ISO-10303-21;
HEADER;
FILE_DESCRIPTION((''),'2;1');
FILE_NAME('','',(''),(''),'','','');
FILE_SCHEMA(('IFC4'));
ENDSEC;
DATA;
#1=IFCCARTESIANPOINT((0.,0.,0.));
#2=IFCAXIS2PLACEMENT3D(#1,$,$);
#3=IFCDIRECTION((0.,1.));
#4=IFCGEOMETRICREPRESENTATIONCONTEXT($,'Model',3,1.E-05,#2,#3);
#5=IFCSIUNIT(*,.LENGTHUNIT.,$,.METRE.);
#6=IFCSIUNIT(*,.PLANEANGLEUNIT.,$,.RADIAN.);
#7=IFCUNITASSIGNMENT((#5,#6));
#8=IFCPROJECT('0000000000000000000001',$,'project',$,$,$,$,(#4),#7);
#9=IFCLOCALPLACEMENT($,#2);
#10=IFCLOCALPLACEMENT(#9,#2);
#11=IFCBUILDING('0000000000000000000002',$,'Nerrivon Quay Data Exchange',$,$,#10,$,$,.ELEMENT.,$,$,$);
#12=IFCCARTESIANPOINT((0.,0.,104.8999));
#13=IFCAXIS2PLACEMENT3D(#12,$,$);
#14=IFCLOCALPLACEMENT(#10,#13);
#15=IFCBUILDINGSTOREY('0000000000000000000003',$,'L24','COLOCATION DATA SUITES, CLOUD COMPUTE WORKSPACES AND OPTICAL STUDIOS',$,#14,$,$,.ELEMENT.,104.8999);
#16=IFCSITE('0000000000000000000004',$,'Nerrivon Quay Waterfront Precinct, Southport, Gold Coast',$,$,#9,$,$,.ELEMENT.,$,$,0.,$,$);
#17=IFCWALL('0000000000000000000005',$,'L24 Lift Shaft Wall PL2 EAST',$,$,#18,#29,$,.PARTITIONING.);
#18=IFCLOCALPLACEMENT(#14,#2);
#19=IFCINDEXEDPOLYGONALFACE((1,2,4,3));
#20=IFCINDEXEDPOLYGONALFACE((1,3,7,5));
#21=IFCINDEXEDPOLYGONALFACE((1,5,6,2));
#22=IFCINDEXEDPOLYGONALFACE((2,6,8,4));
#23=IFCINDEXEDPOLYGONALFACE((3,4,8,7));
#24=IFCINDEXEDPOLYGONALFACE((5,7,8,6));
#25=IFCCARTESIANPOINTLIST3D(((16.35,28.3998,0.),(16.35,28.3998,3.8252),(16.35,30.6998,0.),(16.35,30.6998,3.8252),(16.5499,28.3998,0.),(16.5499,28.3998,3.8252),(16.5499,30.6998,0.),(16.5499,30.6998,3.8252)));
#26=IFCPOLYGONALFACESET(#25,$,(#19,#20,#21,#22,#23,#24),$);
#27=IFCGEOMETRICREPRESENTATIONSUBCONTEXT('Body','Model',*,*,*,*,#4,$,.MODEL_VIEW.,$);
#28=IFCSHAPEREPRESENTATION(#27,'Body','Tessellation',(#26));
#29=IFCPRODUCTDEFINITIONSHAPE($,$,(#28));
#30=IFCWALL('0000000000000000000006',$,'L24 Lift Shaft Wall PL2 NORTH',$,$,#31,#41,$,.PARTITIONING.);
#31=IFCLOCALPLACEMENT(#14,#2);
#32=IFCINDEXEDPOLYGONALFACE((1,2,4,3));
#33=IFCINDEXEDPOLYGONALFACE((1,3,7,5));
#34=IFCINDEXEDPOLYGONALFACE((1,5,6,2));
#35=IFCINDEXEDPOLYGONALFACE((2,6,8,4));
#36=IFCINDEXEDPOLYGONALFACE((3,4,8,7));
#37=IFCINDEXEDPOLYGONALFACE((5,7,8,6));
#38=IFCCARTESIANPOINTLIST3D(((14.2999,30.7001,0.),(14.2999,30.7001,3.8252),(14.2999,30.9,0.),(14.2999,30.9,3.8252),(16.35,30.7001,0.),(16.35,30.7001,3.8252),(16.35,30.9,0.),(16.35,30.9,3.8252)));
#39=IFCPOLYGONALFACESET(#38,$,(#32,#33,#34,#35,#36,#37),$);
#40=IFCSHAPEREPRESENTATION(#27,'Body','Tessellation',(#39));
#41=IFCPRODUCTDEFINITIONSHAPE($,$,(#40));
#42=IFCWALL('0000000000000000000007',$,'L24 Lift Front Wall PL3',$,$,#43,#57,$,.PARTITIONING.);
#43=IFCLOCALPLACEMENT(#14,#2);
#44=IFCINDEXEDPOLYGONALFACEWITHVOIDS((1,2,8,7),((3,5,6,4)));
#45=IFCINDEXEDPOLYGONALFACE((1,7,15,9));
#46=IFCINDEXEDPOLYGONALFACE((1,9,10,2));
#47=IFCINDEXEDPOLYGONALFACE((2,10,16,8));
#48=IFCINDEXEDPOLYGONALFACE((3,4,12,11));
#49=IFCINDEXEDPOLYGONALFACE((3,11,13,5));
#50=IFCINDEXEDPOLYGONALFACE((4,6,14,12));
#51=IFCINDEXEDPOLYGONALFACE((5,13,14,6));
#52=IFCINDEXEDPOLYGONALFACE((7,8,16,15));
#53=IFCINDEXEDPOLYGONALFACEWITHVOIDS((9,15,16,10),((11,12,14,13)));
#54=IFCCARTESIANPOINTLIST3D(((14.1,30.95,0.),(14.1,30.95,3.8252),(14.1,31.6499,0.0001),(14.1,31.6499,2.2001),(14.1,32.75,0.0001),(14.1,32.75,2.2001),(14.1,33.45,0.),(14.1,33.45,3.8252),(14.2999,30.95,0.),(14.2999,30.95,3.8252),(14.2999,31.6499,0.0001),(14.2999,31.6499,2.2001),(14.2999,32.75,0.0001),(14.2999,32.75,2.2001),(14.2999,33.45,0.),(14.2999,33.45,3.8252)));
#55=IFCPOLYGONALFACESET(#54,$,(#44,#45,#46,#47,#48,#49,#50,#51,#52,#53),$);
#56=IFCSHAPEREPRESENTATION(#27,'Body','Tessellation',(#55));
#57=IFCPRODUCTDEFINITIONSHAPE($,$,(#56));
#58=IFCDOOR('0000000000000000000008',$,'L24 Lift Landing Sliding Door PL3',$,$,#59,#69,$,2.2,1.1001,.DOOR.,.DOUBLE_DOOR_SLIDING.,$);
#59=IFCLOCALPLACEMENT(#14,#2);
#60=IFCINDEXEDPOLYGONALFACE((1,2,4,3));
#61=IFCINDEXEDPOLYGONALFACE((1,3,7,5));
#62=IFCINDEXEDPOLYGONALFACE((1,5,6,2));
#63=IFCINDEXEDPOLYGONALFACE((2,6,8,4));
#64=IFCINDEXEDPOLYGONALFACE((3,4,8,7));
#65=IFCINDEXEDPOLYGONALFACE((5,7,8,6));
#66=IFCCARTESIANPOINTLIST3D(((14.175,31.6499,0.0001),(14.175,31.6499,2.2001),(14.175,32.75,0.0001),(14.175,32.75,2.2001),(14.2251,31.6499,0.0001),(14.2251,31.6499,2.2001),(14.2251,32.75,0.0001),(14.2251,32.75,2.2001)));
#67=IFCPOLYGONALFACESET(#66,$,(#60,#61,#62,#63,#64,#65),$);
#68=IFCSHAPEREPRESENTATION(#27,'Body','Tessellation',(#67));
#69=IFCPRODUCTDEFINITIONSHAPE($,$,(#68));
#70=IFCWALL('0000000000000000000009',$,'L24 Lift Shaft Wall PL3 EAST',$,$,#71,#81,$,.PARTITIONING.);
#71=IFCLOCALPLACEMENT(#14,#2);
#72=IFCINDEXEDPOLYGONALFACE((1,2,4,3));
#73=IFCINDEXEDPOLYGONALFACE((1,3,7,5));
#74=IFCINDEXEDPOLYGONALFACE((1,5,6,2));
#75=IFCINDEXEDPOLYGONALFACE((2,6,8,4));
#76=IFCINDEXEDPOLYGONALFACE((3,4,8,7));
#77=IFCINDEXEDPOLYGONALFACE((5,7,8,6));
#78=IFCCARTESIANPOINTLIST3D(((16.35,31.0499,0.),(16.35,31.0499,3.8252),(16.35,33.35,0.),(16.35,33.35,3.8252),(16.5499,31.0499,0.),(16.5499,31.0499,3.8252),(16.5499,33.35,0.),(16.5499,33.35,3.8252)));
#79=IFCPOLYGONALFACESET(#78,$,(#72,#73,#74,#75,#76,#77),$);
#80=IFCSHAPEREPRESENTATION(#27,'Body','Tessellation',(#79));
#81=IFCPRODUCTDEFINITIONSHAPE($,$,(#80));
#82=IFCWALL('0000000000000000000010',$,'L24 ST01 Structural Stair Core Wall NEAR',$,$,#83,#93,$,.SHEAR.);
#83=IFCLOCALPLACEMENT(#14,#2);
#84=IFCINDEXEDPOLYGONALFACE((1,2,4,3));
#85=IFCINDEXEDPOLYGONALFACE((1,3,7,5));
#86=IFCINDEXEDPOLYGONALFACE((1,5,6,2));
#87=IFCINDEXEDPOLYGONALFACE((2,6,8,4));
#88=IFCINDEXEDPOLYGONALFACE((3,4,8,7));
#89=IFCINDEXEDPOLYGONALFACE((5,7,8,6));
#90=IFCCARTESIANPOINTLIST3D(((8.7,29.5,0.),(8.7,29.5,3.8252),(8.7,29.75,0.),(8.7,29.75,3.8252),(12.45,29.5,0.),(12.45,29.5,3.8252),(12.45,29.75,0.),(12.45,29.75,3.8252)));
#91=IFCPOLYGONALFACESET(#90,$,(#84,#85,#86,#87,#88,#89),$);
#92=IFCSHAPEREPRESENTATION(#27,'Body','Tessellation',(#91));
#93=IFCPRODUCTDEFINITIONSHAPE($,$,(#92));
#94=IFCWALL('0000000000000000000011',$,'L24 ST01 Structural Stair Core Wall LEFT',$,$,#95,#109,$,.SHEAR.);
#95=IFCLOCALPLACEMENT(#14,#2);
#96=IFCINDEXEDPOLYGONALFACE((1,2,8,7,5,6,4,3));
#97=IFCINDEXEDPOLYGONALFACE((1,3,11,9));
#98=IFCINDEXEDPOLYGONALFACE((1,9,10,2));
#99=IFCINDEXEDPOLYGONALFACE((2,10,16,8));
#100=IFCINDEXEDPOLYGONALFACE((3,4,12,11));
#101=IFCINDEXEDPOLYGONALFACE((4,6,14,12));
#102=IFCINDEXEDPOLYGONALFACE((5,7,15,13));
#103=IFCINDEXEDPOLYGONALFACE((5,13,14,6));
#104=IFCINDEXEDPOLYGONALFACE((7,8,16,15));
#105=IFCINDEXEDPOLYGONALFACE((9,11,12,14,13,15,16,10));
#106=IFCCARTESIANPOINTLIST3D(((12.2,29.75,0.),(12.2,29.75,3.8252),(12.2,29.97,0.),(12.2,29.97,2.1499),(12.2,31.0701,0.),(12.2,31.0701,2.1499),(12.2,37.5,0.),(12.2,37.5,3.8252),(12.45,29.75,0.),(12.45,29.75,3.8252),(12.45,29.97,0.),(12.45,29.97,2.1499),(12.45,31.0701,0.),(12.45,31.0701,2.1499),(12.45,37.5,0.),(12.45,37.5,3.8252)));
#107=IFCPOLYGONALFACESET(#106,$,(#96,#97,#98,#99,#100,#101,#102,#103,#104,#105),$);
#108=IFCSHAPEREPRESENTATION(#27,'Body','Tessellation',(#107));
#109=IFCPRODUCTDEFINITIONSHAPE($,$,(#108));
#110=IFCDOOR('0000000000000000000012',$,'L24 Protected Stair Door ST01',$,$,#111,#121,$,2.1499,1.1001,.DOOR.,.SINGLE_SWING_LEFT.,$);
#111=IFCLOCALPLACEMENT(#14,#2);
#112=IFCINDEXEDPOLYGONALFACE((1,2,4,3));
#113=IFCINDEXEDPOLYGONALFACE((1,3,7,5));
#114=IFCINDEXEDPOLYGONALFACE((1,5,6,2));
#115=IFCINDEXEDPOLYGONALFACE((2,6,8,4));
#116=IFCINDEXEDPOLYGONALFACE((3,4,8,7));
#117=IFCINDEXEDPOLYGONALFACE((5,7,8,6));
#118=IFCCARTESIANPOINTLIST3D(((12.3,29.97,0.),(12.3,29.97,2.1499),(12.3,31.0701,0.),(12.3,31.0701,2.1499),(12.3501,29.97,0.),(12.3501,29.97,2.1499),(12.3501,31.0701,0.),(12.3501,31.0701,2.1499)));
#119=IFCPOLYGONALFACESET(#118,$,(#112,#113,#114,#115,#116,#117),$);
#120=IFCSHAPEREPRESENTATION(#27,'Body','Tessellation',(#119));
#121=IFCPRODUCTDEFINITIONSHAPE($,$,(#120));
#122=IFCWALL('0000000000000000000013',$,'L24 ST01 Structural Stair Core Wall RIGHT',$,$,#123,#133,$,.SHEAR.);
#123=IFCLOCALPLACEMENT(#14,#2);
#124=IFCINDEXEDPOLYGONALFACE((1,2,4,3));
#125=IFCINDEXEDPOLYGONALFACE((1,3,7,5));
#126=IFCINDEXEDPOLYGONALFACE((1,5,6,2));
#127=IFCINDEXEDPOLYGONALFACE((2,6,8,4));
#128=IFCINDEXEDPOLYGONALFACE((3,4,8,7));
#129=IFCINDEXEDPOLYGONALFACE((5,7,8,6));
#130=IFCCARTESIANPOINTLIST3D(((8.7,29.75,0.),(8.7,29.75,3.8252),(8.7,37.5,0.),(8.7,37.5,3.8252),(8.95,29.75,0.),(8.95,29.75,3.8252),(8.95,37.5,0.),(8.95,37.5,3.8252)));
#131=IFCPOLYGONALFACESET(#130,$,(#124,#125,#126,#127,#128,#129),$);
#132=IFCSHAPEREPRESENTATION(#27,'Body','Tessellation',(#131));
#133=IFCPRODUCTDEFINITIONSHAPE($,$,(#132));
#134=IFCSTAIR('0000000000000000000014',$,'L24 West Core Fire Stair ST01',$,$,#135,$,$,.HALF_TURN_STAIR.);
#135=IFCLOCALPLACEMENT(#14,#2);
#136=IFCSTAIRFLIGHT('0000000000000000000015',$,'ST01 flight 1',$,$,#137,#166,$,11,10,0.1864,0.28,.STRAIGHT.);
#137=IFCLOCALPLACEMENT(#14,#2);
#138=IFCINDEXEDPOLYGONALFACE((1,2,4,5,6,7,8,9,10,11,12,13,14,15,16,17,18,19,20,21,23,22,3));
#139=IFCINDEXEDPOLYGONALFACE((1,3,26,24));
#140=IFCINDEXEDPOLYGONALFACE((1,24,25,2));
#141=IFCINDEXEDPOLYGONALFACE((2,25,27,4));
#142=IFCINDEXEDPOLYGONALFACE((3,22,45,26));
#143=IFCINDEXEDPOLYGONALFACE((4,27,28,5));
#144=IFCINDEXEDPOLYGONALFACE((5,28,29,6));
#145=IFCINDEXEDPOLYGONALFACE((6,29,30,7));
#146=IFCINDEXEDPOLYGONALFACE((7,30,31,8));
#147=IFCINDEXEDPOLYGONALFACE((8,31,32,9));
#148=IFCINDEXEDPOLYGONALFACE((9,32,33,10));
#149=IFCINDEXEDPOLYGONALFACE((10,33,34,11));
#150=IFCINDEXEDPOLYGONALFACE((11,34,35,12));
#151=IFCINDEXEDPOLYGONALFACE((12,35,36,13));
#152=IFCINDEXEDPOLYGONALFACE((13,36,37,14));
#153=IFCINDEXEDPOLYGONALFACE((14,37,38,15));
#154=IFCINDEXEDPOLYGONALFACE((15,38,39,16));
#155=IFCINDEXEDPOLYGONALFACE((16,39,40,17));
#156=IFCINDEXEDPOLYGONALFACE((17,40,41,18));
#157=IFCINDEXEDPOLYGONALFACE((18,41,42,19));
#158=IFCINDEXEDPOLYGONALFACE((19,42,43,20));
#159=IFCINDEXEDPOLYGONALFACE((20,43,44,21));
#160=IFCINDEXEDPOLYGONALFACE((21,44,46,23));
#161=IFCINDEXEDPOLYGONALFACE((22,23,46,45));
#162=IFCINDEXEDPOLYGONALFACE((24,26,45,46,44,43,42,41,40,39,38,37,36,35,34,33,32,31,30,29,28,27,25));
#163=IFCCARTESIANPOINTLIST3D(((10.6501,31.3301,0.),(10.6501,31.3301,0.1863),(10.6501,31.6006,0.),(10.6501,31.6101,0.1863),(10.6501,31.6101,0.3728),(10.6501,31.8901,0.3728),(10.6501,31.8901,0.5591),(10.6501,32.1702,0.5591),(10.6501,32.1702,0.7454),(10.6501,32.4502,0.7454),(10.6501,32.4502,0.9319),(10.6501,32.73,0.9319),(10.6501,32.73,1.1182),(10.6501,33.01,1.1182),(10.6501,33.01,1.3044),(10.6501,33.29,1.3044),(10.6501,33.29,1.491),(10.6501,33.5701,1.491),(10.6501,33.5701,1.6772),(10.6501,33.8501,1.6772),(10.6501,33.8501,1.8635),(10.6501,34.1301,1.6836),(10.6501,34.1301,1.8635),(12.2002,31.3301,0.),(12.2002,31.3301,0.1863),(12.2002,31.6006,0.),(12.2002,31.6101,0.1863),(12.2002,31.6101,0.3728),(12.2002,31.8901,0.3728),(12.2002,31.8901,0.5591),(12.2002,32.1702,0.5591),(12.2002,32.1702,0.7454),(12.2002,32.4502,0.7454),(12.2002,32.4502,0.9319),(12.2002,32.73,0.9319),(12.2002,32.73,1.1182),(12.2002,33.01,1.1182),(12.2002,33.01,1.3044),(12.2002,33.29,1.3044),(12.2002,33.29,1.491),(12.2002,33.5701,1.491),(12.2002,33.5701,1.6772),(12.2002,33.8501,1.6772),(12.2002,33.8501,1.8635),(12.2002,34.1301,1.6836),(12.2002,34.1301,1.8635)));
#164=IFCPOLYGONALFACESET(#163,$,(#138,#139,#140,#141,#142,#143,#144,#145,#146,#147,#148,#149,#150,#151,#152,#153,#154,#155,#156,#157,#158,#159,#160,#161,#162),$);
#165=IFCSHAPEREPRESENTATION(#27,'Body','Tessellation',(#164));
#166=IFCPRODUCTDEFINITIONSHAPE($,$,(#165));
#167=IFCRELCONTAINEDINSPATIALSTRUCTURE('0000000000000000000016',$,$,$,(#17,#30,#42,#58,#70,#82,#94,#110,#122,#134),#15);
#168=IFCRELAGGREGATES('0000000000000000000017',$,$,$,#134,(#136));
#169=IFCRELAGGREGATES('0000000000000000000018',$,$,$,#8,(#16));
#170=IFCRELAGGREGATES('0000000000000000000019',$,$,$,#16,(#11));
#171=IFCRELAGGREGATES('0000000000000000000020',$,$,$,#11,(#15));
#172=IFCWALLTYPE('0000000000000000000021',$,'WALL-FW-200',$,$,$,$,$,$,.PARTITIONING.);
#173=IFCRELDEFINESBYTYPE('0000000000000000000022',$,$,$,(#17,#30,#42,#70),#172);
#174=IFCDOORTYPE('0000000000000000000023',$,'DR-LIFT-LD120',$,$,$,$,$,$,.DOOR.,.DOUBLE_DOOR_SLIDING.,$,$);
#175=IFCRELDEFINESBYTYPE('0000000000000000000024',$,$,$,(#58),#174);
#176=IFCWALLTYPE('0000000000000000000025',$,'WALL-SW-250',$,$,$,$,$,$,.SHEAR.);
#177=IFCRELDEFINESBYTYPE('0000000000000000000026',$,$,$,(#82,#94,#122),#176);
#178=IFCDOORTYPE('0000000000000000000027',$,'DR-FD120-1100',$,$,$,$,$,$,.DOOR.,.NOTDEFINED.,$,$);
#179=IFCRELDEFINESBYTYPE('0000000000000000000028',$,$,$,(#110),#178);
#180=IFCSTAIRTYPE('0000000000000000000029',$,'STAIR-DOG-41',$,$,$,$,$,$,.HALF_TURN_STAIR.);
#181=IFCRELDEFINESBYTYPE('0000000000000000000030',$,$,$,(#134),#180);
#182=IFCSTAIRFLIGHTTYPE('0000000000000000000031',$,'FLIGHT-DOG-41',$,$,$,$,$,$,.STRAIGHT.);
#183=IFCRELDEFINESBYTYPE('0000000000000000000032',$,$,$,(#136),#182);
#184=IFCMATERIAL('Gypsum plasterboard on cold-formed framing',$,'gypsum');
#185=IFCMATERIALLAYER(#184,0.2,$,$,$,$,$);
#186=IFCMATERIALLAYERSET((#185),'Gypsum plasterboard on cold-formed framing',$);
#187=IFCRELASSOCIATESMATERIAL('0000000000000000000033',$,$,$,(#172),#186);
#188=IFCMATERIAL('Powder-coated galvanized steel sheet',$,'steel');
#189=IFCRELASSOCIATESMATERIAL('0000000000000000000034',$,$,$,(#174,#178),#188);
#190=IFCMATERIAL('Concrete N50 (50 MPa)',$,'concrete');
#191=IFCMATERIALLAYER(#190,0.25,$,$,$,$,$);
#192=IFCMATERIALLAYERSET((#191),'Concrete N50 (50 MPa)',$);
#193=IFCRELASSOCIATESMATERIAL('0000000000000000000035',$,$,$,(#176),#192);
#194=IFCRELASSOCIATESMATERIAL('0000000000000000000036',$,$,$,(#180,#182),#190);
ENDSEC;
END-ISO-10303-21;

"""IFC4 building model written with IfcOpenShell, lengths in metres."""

from ifc_helpers import new_model, si_unit, direction, frame, frame_2d, origin, place, context, subcontext, project, spatial, polyline, rectangle, outline, extrude, material, layer, layer_set, type_object, element, fill, aggregate, save


model = new_model("IFC4")

# Units and contexts
model_context = context("Model", 3, precision=1e-05, world=origin(), true_north=direction((0.0, 1.0)))
body_context = subcontext(model_context, "Body", "Model", "MODEL_VIEW")
ifc_project = project(units=[si_unit("LENGTHUNIT", "METRE"), si_unit("PLANEANGLEUNIT", "RADIAN")], contexts=[model_context])

# Site, building, storey
site_placement = place(None, origin())
site = spatial("IfcSite", under=ifc_project, at=site_placement, Name="Nerrivon Quay Waterfront Precinct, Southport, Gold Coast", CompositionType="ELEMENT", RefElevation=0.0)
building_placement = place(site_placement, origin())
building = spatial("IfcBuilding", under=site, at=building_placement, Name="Nerrivon Quay Data Exchange", CompositionType="ELEMENT")
storey_placement = place(building_placement, frame((0.0, 0.0, 104.8999)))
storey = spatial("IfcBuildingStorey", under=building, at=storey_placement, Name="L24", Description="COLOCATION DATA SUITES, CLOUD COMPUTE WORKSPACES AND OPTICAL STUDIOS", CompositionType="ELEMENT", Elevation=104.8999)

# Walls
ifc_material_1 = material(Name="Gypsum plasterboard on cold-formed framing", Category="gypsum")
ifc_layer_1 = layer(ifc_material_1, 0.2)
ifc_layer_set_1 = layer_set([ifc_layer_1], Name="Gypsum plasterboard on cold-formed framing")
wall_type_1 = type_object("IfcWallType", Name="WALL-FW-200", PredefinedType="PARTITIONING", material=ifc_layer_set_1)
wall_1_placement = place(storey_placement, frame((16.45, 28.3999, 0.0), z_axis=(0.0, 0.0, 1.0), x_axis=(0.0, 1.0, 0.0)))
element("IfcWall", 1, at=wall_1_placement, inside=storey, type_object=wall_type_1, Name="L24 Lift Shaft Wall PL2 EAST", PredefinedType="PARTITIONING", context=body_context, shape_type="SweptSolid", body=[
    extrude(rectangle(XDim=2.3, YDim=0.2, at=frame_2d((1.1499, 0.0))), origin(), (0.0, 0.0, 1.0), 3.8252),
])
wall_2_placement = place(storey_placement, frame((14.3, 30.8, 0.0), z_axis=(0.0, 0.0, 1.0), x_axis=(1.0, 0.0, 0.0)))
element("IfcWall", 2, at=wall_2_placement, inside=storey, type_object=wall_type_1, Name="L24 Lift Shaft Wall PL2 NORTH", PredefinedType="PARTITIONING", context=body_context, shape_type="SweptSolid", body=[
    extrude(rectangle(XDim=2.05, YDim=0.2, at=frame_2d((1.0249, 0.0))), origin(), (0.0, 0.0, 1.0), 3.8252),
])

# Wall, opening, door
wall_3_placement = place(storey_placement, frame((14.2, 30.95, 0.0), z_axis=(0.0, 0.0, 1.0), x_axis=(0.0, 1.0, 0.0)))
wall_3 = element("IfcWall", 3, at=wall_3_placement, inside=storey, type_object=wall_type_1, Name="L24 Lift Front Wall PL3", PredefinedType="PARTITIONING", context=body_context, shape_type="SweptSolid", body=[
    extrude(rectangle(XDim=2.5, YDim=0.2, at=frame_2d((1.25, 0.0))), origin(), (0.0, 0.0, 1.0), 3.8252),
])
opening_1_placement = place(wall_3_placement, frame((0.7, 0.0, 0.0)))
opening_1 = element("IfcOpeningElement", 4, at=opening_1_placement, cuts=wall_3, PredefinedType="OPENING", context=body_context, shape_type="SweptSolid", body=[
    extrude(rectangle(XDim=1.1001, YDim=2.2, at=frame_2d((0.55, 1.1001))), frame((0.0, 0.1099, 0.0), z_axis=(0.0, -1.0, 0.0), x_axis=(1.0, 0.0, 0.0)), (0.0, 0.0, 1.0), 0.22),
])
ifc_material_2 = material(Name="Powder-coated galvanized steel sheet", Category="steel")
door_type_1 = type_object("IfcDoorType", Name="DR-LIFT-LD120", OperationType="DOUBLE_DOOR_SLIDING", PredefinedType="DOOR", material=ifc_material_2)
door_1_placement = place(opening_1_placement, origin())
door_1 = element("IfcDoor", 5, at=door_1_placement, inside=storey, type_object=door_type_1, Name="L24 Lift Landing Sliding Door PL3", OperationType="DOUBLE_DOOR_SLIDING", OverallHeight=2.2, OverallWidth=1.1001, PredefinedType="DOOR", context=body_context, shape_type="SweptSolid", body=[
    extrude(rectangle(XDim=1.1001, YDim=2.2, at=frame_2d((0.55, 1.1001))), frame((0.0, 0.0249, 0.0), z_axis=(0.0, -1.0, 0.0), x_axis=(1.0, 0.0, 0.0)), (0.0, 0.0, 1.0), 0.05),
])
fill(opening_1, door_1)

# Walls
wall_4_placement = place(storey_placement, frame((16.45, 31.05, 0.0), z_axis=(0.0, 0.0, 1.0), x_axis=(0.0, 1.0, 0.0)))
element("IfcWall", 6, at=wall_4_placement, inside=storey, type_object=wall_type_1, Name="L24 Lift Shaft Wall PL3 EAST", PredefinedType="PARTITIONING", context=body_context, shape_type="SweptSolid", body=[
    extrude(rectangle(XDim=2.3, YDim=0.2, at=frame_2d((1.1499, 0.0))), origin(), (0.0, 0.0, 1.0), 3.8252),
])
ifc_material_3 = material(Name="Concrete N50 (50 MPa)", Category="concrete")
ifc_layer_2 = layer(ifc_material_3, 0.25)
ifc_layer_set_2 = layer_set([ifc_layer_2], Name="Concrete N50 (50 MPa)")
wall_type_2 = type_object("IfcWallType", Name="WALL-SW-250", PredefinedType="SHEAR", material=ifc_layer_set_2)
wall_5_placement = place(storey_placement, frame((12.45, 29.625, 0.0), z_axis=(0.0, 0.0, 1.0), x_axis=(-1.0, 0.0, 0.0)))
element("IfcWall", 7, at=wall_5_placement, inside=storey, type_object=wall_type_2, Name="L24 ST01 Structural Stair Core Wall NEAR", PredefinedType="SHEAR", context=body_context, shape_type="SweptSolid", body=[
    extrude(rectangle(XDim=3.75, YDim=0.25, at=frame_2d((1.875, 0.0))), origin(), (0.0, 0.0, 1.0), 3.8252),
])

# Wall, opening, door
wall_6_placement = place(storey_placement, frame((12.325, 29.75, 0.0), z_axis=(0.0, 0.0, 1.0), x_axis=(0.0, 1.0, 0.0)))
wall_6 = element("IfcWall", 8, at=wall_6_placement, inside=storey, type_object=wall_type_2, Name="L24 ST01 Structural Stair Core Wall LEFT", PredefinedType="SHEAR", context=body_context, shape_type="SweptSolid", body=[
    extrude(rectangle(XDim=7.75, YDim=0.25, at=frame_2d((3.875, 0.0))), origin(), (0.0, 0.0, 1.0), 3.8252),
])
opening_2_placement = place(wall_6_placement, frame((0.22, 0.0, 0.0)))
opening_2 = element("IfcOpeningElement", 9, at=opening_2_placement, cuts=wall_6, PredefinedType="OPENING", context=body_context, shape_type="SweptSolid", body=[
    extrude(rectangle(XDim=1.1001, YDim=2.1499, at=frame_2d((0.55, 1.075))), frame((0.0, 0.135, 0.0), z_axis=(0.0, -1.0, 0.0), x_axis=(1.0, 0.0, 0.0)), (0.0, 0.0, 1.0), 0.27),
])
door_type_2 = type_object("IfcDoorType", Name="DR-FD120-1100", OperationType="NOTDEFINED", PredefinedType="DOOR", material=ifc_material_2)
door_2_placement = place(opening_2_placement, origin())
door_2 = element("IfcDoor", 10, at=door_2_placement, inside=storey, type_object=door_type_2, Name="L24 Protected Stair Door ST01", OperationType="SINGLE_SWING_LEFT", OverallHeight=2.1499, OverallWidth=1.1001, PredefinedType="DOOR", context=body_context, shape_type="SweptSolid", body=[
    extrude(rectangle(XDim=1.1001, YDim=2.1499, at=frame_2d((0.55, 1.075))), frame((0.0, 0.0249, 0.0), z_axis=(0.0, -1.0, 0.0), x_axis=(1.0, 0.0, 0.0)), (0.0, 0.0, 1.0), 0.05),
])
fill(opening_2, door_2)

# Wall
wall_7_placement = place(storey_placement, frame((8.825, 29.75, 0.0), z_axis=(0.0, 0.0, 1.0), x_axis=(0.0, 1.0, 0.0)))
element("IfcWall", 11, at=wall_7_placement, inside=storey, type_object=wall_type_2, Name="L24 ST01 Structural Stair Core Wall RIGHT", PredefinedType="SHEAR", context=body_context, shape_type="SweptSolid", body=[
    extrude(rectangle(XDim=7.75, YDim=0.25, at=frame_2d((3.875, 0.0))), origin(), (0.0, 0.0, 1.0), 3.8252),
])

# Stair, stair flight
stair_type = type_object("IfcStairType", Name="STAIR-DOG-41", PredefinedType="HALF_TURN_STAIR", material=ifc_material_3)
stair_placement = place(storey_placement, origin())
stair = element("IfcStair", 12, at=stair_placement, inside=storey, type_object=stair_type, Name="L24 West Core Fire Stair ST01", PredefinedType="HALF_TURN_STAIR")
stair_flight_type = type_object("IfcStairFlightType", Name="FLIGHT-DOG-41", PredefinedType="STRAIGHT", material=ifc_material_3)
stair_flight_1_placement = place(storey_placement, frame((11.425, 31.3301, 0.0), z_axis=(0.0, 0.0, 1.0), x_axis=(0.0, 1.0, 0.0)))
stair_flight_1 = element("IfcStairFlight", 13, at=stair_flight_1_placement, type_object=stair_flight_type, Name="ST01 flight 1", NumberOfRisers=11, NumberOfTreads=10, PredefinedType="STRAIGHT", RiserHeight=0.1864, TreadLength=0.28, context=body_context, shape_type="SweptSolid", body=[
    extrude(outline(polyline([(0.0, 0.0), (0.0, 0.1863), (0.28, 0.1863), (0.28, 0.3728), (0.5601, 0.3728), (0.5601, 0.5591), (0.8401, 0.5591), (0.8401, 0.7454), (1.1201, 0.7454), (1.1201, 0.9319), (1.3999, 0.9319), (1.3999, 1.1182), (1.6799, 1.1182), (1.6799, 1.3044), (1.96, 1.3044), (1.96, 1.491), (2.24, 1.491), (2.24, 1.6772), (2.52, 1.6772), (2.52, 1.8635), (2.8, 1.8635), (2.8, 2.05), (2.8, 1.6836), (0.2705, 0.0), (0.0, 0.0)])), frame((0.0, 0.7749, 0.0), z_axis=(0.0, -1.0, 0.0), x_axis=(1.0, 0.0, 0.0)), (0.0, 0.0, 1.0), 1.55),
])
aggregate(stair, [stair_flight_1])

save(model, "model.ifc")
